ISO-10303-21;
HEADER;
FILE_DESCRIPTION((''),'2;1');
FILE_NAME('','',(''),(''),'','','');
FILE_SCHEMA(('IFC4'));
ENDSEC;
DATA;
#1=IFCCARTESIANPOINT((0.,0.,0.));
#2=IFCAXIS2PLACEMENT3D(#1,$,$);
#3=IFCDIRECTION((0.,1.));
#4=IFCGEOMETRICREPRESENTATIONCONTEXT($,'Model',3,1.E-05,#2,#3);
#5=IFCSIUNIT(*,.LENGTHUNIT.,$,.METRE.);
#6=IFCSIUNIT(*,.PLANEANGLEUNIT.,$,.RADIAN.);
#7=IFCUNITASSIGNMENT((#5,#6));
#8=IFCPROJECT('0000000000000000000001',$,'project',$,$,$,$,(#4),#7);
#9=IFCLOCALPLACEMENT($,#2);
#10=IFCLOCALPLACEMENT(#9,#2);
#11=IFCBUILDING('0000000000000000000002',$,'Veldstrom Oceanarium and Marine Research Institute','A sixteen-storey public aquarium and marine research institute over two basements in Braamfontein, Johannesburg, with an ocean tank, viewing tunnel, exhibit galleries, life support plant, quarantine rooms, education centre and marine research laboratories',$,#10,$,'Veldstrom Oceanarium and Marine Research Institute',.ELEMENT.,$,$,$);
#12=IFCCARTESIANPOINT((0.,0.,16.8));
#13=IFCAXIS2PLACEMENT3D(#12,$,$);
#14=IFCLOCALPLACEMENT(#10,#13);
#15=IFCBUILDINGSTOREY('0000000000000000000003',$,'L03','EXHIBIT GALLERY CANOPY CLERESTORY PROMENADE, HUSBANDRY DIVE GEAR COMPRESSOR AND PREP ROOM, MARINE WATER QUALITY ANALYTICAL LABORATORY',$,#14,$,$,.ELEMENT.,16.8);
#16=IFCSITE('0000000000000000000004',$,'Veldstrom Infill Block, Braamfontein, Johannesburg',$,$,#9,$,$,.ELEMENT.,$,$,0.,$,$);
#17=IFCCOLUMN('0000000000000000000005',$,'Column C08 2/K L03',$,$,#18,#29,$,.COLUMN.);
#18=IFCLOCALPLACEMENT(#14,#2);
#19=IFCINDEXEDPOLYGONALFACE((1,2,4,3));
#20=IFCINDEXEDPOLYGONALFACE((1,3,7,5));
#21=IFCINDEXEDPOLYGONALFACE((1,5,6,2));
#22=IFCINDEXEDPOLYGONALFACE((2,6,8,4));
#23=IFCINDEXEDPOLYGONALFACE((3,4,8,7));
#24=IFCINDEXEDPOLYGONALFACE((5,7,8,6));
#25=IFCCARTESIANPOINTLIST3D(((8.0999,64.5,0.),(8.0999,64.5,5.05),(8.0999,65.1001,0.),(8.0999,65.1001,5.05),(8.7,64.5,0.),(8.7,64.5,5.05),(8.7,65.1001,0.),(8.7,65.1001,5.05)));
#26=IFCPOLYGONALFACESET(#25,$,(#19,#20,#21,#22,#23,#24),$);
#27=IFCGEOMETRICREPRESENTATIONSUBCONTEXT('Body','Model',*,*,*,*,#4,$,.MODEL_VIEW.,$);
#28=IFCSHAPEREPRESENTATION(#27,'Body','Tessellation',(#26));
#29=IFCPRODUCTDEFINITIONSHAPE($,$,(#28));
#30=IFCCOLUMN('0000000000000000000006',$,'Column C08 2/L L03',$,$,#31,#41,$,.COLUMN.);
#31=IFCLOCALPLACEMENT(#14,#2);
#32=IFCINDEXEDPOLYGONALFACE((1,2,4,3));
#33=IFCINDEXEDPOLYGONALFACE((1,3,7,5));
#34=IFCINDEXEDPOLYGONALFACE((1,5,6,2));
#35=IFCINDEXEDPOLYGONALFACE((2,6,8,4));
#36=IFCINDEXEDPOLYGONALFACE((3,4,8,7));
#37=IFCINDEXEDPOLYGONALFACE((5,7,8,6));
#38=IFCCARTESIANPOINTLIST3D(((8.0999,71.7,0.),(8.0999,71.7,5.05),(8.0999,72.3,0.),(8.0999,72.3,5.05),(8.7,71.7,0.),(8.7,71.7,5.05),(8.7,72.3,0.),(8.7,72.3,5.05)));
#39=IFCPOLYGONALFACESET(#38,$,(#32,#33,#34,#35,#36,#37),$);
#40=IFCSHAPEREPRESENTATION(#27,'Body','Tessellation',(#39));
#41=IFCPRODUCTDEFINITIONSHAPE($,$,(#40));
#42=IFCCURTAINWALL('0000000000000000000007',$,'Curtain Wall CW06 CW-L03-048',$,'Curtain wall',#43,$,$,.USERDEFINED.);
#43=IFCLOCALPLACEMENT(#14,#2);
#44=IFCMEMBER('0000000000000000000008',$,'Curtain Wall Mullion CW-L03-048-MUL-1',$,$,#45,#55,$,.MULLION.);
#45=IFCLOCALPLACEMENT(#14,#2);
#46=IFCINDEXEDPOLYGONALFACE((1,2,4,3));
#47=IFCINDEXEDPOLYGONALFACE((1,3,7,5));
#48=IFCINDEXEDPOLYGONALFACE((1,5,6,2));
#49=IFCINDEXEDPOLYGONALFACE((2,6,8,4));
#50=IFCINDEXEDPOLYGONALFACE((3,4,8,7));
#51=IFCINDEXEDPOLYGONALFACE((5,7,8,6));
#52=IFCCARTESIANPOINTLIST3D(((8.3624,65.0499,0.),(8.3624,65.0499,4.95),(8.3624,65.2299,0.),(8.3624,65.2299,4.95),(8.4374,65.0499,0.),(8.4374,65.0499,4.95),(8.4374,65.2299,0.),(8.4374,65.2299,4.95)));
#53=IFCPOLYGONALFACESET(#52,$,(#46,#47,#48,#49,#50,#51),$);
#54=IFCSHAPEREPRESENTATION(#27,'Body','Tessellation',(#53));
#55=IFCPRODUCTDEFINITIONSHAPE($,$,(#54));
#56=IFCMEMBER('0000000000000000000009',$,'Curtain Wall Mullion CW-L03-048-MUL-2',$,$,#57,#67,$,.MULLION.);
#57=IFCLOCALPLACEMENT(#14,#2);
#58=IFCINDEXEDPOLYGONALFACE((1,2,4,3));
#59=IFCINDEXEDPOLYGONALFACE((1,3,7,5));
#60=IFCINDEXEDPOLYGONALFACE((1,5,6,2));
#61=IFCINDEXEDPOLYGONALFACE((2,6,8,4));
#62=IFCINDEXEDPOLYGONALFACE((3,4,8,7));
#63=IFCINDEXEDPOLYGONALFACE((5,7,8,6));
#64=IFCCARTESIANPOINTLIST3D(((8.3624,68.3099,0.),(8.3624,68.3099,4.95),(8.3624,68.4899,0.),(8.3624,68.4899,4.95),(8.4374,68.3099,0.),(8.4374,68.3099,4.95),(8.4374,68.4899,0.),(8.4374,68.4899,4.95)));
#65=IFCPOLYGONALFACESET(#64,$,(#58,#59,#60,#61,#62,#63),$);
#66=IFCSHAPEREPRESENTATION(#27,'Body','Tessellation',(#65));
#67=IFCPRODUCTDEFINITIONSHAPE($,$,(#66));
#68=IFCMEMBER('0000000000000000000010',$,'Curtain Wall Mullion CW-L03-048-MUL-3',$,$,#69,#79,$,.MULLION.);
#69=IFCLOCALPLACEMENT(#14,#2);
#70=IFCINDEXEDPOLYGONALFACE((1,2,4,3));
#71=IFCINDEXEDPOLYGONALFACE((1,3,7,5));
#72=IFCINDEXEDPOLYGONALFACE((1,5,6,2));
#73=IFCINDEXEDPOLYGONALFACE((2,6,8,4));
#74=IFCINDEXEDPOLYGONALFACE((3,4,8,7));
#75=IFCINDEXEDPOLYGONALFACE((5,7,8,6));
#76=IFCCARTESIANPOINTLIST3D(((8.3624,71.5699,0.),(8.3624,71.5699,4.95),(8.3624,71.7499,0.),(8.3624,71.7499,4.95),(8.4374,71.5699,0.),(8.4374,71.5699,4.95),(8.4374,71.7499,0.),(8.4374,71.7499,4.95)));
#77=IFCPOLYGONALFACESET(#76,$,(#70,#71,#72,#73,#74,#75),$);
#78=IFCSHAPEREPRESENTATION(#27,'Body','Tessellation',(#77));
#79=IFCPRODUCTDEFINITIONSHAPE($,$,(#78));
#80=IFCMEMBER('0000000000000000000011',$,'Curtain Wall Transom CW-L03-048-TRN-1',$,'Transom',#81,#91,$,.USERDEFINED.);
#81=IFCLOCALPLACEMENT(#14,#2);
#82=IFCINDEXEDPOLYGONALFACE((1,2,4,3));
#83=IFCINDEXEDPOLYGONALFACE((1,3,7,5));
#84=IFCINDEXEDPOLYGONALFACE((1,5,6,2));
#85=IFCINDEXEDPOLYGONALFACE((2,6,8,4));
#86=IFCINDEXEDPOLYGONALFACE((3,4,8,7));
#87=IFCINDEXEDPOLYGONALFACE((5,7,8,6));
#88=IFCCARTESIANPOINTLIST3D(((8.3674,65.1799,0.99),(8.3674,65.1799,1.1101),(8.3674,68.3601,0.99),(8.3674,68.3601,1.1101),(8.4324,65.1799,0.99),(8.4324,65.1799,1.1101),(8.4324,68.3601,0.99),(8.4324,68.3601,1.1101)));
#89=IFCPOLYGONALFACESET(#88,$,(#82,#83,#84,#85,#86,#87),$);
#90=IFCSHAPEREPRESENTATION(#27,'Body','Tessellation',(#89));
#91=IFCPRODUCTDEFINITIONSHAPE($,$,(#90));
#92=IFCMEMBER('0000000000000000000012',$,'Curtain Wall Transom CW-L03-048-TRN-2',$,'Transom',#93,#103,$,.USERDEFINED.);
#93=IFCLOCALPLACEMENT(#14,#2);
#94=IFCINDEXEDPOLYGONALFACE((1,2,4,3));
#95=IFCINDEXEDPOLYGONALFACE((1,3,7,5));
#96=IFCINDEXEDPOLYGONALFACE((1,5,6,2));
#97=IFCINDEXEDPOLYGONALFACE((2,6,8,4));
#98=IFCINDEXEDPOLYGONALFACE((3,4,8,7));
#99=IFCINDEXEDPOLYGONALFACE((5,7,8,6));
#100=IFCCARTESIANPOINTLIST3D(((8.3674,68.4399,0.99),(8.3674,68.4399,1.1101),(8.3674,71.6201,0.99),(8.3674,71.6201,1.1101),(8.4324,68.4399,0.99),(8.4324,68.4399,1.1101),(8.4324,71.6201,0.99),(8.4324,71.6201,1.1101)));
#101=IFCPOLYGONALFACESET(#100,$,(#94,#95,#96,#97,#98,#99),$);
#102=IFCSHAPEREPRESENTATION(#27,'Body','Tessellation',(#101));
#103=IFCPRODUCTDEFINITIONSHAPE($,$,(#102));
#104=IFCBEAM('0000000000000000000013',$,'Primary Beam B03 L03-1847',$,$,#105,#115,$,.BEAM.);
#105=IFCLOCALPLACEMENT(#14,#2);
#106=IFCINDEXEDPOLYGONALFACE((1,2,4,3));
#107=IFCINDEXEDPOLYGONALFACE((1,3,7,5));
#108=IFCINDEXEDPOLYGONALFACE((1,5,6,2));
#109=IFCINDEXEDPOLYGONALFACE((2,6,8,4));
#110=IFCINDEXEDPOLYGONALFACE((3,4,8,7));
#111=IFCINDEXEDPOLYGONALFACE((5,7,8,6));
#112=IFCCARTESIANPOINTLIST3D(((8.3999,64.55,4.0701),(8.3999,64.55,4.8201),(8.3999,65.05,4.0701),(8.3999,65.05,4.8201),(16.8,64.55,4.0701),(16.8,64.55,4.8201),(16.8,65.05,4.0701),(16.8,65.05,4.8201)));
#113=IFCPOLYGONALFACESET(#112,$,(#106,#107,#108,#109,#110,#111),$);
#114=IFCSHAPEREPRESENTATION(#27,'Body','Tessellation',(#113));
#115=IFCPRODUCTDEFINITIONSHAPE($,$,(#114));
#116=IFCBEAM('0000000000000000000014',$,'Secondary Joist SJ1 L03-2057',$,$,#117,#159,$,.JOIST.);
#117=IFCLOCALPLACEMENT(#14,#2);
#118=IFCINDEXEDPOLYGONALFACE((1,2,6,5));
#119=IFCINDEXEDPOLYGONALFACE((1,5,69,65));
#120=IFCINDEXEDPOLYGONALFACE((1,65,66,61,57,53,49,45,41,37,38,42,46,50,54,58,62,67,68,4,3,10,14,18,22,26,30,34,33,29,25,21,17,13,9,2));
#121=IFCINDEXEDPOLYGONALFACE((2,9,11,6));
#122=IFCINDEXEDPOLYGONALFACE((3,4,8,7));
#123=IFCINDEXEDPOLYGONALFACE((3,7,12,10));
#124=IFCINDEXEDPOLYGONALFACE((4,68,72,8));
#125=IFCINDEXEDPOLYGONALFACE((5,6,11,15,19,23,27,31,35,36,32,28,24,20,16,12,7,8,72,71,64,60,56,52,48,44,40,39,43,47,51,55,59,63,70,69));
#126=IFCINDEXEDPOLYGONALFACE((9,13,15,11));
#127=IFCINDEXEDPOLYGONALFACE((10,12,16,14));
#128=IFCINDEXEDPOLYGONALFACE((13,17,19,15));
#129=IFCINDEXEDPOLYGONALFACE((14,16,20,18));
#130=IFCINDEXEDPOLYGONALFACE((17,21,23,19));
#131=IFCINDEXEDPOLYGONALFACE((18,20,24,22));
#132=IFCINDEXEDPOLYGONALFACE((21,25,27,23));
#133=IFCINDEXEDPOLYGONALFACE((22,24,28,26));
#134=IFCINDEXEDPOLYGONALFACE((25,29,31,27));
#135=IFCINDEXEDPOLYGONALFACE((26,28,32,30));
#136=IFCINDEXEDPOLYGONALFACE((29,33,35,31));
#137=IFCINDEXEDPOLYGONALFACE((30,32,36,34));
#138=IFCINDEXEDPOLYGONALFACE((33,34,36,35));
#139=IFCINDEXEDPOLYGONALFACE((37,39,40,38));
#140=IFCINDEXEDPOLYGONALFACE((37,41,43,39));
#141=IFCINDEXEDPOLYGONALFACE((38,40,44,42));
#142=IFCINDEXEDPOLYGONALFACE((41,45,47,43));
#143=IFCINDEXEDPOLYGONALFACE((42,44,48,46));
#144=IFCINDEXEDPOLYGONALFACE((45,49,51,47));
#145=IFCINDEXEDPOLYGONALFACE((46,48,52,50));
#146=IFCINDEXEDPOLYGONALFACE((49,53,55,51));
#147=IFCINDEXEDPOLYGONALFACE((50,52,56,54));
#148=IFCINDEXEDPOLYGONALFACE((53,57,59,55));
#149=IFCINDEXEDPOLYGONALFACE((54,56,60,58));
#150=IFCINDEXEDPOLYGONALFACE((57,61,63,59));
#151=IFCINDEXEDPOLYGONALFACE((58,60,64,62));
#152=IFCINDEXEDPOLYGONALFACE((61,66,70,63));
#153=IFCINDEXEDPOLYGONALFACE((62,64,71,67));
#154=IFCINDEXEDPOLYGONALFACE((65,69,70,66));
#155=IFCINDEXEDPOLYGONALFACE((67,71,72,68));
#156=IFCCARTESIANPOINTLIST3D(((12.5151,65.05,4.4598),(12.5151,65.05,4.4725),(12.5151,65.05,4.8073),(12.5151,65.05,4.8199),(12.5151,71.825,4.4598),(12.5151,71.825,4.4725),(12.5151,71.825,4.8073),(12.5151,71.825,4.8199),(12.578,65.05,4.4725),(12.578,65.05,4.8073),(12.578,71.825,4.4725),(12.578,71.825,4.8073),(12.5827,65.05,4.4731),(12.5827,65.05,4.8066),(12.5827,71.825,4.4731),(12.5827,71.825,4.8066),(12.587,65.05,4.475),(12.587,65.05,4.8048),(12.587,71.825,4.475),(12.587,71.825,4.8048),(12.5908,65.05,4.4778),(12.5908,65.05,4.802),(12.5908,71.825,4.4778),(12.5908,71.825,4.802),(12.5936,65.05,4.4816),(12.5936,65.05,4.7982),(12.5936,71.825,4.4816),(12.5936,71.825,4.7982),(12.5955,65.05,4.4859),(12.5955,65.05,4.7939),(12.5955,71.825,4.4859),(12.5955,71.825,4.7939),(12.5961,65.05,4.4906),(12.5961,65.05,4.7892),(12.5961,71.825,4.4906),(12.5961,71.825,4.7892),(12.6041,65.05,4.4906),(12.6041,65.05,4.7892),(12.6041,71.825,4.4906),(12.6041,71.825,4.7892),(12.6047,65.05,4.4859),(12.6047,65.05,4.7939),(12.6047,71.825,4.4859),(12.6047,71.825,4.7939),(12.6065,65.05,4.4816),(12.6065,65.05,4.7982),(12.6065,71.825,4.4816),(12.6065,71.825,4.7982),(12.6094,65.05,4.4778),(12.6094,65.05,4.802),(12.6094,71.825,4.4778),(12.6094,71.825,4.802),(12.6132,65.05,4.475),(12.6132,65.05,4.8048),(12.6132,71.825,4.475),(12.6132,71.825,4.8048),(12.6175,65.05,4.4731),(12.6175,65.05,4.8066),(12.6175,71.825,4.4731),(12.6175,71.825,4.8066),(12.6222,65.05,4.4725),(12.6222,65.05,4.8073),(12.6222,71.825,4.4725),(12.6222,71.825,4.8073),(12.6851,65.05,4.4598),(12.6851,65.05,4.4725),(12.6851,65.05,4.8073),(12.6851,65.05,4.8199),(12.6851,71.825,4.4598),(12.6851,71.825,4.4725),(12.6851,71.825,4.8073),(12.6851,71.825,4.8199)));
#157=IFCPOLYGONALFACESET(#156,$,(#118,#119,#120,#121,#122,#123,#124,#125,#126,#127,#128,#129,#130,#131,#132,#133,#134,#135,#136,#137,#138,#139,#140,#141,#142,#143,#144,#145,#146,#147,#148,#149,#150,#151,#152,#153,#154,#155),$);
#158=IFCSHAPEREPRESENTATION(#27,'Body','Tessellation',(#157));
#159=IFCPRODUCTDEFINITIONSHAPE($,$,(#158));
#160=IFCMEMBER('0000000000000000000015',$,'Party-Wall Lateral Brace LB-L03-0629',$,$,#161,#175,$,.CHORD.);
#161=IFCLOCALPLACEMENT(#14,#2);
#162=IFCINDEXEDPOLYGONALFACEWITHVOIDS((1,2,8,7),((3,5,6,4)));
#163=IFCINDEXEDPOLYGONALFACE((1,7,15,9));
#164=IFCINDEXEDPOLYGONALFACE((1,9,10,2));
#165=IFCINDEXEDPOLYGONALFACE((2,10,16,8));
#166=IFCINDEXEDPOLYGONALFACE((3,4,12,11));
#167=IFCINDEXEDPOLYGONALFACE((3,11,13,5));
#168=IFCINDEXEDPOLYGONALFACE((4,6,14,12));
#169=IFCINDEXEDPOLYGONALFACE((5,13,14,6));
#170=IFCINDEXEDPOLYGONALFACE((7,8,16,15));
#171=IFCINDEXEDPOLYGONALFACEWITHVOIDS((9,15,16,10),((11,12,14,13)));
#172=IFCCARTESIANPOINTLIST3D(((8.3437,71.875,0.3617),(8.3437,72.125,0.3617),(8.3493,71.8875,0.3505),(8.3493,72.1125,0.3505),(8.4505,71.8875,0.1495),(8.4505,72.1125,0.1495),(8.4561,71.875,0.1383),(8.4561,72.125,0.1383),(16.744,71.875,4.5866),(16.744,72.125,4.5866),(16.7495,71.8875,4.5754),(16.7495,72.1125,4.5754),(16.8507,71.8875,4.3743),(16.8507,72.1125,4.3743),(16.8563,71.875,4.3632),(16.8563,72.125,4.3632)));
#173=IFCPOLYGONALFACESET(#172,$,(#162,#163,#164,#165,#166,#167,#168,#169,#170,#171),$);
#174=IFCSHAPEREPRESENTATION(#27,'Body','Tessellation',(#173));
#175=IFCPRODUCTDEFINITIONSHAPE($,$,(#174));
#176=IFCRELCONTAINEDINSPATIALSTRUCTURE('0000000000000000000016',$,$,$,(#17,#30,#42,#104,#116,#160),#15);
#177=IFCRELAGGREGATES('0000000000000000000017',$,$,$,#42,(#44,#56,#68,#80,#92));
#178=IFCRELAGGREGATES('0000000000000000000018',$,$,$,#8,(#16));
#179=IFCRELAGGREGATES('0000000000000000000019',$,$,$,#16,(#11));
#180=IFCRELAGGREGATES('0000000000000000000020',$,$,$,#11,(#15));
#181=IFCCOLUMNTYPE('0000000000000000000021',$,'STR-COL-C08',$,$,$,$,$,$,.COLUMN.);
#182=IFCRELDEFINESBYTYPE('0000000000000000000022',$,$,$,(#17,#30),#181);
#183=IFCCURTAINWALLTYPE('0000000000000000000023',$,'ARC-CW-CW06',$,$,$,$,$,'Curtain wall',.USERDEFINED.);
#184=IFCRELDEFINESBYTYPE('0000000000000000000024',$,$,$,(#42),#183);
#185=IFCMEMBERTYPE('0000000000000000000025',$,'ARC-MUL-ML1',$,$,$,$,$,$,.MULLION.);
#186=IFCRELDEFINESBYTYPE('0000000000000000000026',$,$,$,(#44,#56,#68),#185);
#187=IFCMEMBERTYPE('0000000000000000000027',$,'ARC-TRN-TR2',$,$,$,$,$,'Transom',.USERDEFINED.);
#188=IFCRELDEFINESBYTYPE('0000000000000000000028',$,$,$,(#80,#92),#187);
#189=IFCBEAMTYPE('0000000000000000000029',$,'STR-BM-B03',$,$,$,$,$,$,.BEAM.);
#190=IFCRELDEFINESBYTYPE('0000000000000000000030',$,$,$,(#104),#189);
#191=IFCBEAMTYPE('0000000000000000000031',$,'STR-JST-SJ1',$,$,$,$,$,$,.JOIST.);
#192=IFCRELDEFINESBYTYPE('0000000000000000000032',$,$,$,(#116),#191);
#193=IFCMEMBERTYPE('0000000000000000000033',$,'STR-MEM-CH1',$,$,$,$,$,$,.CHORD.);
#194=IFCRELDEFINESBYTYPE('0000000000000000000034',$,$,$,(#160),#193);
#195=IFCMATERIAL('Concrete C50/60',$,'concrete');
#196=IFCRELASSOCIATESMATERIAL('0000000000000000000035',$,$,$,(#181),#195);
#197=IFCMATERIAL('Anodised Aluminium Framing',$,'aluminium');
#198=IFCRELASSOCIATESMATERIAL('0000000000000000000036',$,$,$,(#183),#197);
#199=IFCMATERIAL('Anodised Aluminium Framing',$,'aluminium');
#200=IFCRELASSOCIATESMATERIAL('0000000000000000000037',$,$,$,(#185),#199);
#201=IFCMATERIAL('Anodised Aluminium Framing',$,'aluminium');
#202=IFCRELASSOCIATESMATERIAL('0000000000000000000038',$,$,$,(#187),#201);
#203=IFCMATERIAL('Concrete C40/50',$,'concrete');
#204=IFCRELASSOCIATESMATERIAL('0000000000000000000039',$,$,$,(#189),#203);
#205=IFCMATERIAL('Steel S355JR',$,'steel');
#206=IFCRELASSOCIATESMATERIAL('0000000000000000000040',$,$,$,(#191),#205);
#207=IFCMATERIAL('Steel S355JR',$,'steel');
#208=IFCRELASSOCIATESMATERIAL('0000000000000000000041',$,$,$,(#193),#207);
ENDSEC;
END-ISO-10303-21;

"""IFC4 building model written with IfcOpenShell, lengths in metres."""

from ifc_helpers import new_model, si_unit, direction, frame, origin, origin_2d, place, context, subcontext, project, spatial, rectangle, hollow_rectangle, i_section, extrude, material, material_profile, profile_set, type_object, element, aggregate, save


model = new_model("IFC4")

# Units and contexts
model_context = context("Model", 3, precision=1e-05, world=origin(), true_north=direction((0.0, 1.0)))
body_context = subcontext(model_context, "Body", "Model", "MODEL_VIEW")
ifc_project = project(units=[si_unit("LENGTHUNIT", "METRE"), si_unit("PLANEANGLEUNIT", "RADIAN")], contexts=[model_context])

# Site, building, storey
site_placement = place(None, origin())
site = spatial("IfcSite", under=ifc_project, at=site_placement, Name="Veldstrom Infill Block, Braamfontein, Johannesburg", CompositionType="ELEMENT", RefElevation=0.0)
building_placement = place(site_placement, origin())
building = spatial("IfcBuilding", under=site, at=building_placement, Name="Veldstrom Oceanarium and Marine Research Institute", Description="A sixteen-storey public aquarium and marine research institute over two basements in Braamfontein, Johannesburg, with an ocean tank, viewing tunnel, exhibit galleries, life support plant, quarantine rooms, education centre and marine research laboratories", LongName="Veldstrom Oceanarium and Marine Research Institute", CompositionType="ELEMENT")
storey_placement = place(building_placement, frame((0.0, 0.0, 16.8)))
storey = spatial("IfcBuildingStorey", under=building, at=storey_placement, Name="L03", Description="EXHIBIT GALLERY CANOPY CLERESTORY PROMENADE, HUSBANDRY DIVE GEAR COMPRESSOR AND PREP ROOM, MARINE WATER QUALITY ANALYTICAL LABORATORY", CompositionType="ELEMENT", Elevation=16.8)

# Columns
ifc_material_1 = material(Name="Concrete C50/60", Category="concrete")
ifc_material_profile_1 = material_profile(ifc_material_1, rectangle(XDim=0.6001, YDim=0.6001, at=origin_2d()), Name="RC-COL-600x600")
ifc_profile_set_1 = profile_set([ifc_material_profile_1], Name="Concrete C50/60")
column_type = type_object("IfcColumnType", Name="STR-COL-C08", PredefinedType="COLUMN", material=ifc_profile_set_1)
for number, where, z_axis, x_axis, name in (
    (1, (8.3999, 64.8, 0.0), (0.0, 0.0, 1.0), (1.0, 0.0, 0.0), "Column C08 2/K L03"),
    (2, (8.3999, 72.0, 0.0), (0.0, 0.0, 1.0), (1.0, 0.0, 0.0), "Column C08 2/L L03"),
):
    element("IfcColumn", number, at=place(storey_placement, frame(where, z_axis=z_axis, x_axis=x_axis)), inside=storey, type_object=column_type, Name=name, PredefinedType="COLUMN", context=body_context, shape_type="SweptSolid", body=[
        extrude(rectangle(XDim=0.6001, YDim=0.6001, at=origin_2d()), origin(), (0.0, 0.0, 1.0), 5.05),
    ])

# Curtain wall, members
ifc_material_2 = material(Name="Anodised Aluminium Framing", Category="aluminium")
curtain_wall_type = type_object("IfcCurtainWallType", Name="ARC-CW-CW06", ElementType="Curtain wall", PredefinedType="USERDEFINED", material=ifc_material_2)
curtain_wall_placement = place(storey_placement, origin())
curtain_wall = element("IfcCurtainWall", 3, at=curtain_wall_placement, inside=storey, type_object=curtain_wall_type, Name="Curtain Wall CW06 CW-L03-048", ObjectType="Curtain wall", PredefinedType="USERDEFINED")
ifc_material_3 = material(Name="Anodised Aluminium Framing", Category="aluminium")
ifc_material_profile_2 = material_profile(ifc_material_3, rectangle(XDim=0.075, YDim=0.1799, at=origin_2d()), Name="ALU-MUL-75x180")
ifc_profile_set_2 = profile_set([ifc_material_profile_2], Name="Anodised Aluminium Framing")
member_type_1 = type_object("IfcMemberType", Name="ARC-MUL-ML1", PredefinedType="MULLION", material=ifc_profile_set_2)
member_1_placement = place(storey_placement, frame((8.3999, 65.1399, 0.0), z_axis=(0.0, 0.0, 1.0), x_axis=(1.0, 0.0, 0.0)))
member_1 = element("IfcMember", 4, at=member_1_placement, type_object=member_type_1, Name="Curtain Wall Mullion CW-L03-048-MUL-1", PredefinedType="MULLION", context=body_context, shape_type="SweptSolid", body=[
    extrude(rectangle(XDim=0.075, YDim=0.1799, at=origin_2d()), origin(), (0.0, 0.0, 1.0), 4.95),
])
member_2_placement = place(storey_placement, frame((8.3999, 68.3999, 0.0), z_axis=(0.0, 0.0, 1.0), x_axis=(1.0, 0.0, 0.0)))
member_2 = element("IfcMember", 5, at=member_2_placement, type_object=member_type_1, Name="Curtain Wall Mullion CW-L03-048-MUL-2", PredefinedType="MULLION", context=body_context, shape_type="SweptSolid", body=[
    extrude(rectangle(XDim=0.075, YDim=0.1799, at=origin_2d()), origin(), (0.0, 0.0, 1.0), 4.95),
])
member_3_placement = place(storey_placement, frame((8.3999, 71.6599, 0.0), z_axis=(0.0, 0.0, 1.0), x_axis=(1.0, 0.0, 0.0)))
member_3 = element("IfcMember", 6, at=member_3_placement, type_object=member_type_1, Name="Curtain Wall Mullion CW-L03-048-MUL-3", PredefinedType="MULLION", context=body_context, shape_type="SweptSolid", body=[
    extrude(rectangle(XDim=0.075, YDim=0.1799, at=origin_2d()), origin(), (0.0, 0.0, 1.0), 4.95),
])
ifc_material_4 = material(Name="Anodised Aluminium Framing", Category="aluminium")
ifc_material_profile_3 = material_profile(ifc_material_4, rectangle(XDim=0.0649, YDim=0.1201, at=origin_2d()), Name="ALU-TRN-65x120")
ifc_profile_set_3 = profile_set([ifc_material_profile_3], Name="Anodised Aluminium Framing")
member_type_2 = type_object("IfcMemberType", Name="ARC-TRN-TR2", ElementType="Transom", PredefinedType="USERDEFINED", material=ifc_profile_set_3)
member_4_placement = place(storey_placement, frame((8.3999, 65.1799, 1.05), z_axis=(0.0, 1.0, 0.0), x_axis=(-1.0, 0.0, 0.0)))
member_4 = element("IfcMember", 7, at=member_4_placement, type_object=member_type_2, Name="Curtain Wall Transom CW-L03-048-TRN-1", ObjectType="Transom", PredefinedType="USERDEFINED", context=body_context, shape_type="SweptSolid", body=[
    extrude(rectangle(XDim=0.0649, YDim=0.1201, at=origin_2d()), origin(), (0.0, 0.0, 1.0), 3.1802),
])
member_5_placement = place(storey_placement, frame((8.3999, 68.4399, 1.05), z_axis=(0.0, 1.0, 0.0), x_axis=(-1.0, 0.0, 0.0)))
member_5 = element("IfcMember", 8, at=member_5_placement, type_object=member_type_2, Name="Curtain Wall Transom CW-L03-048-TRN-2", ObjectType="Transom", PredefinedType="USERDEFINED", context=body_context, shape_type="SweptSolid", body=[
    extrude(rectangle(XDim=0.0649, YDim=0.1201, at=origin_2d()), origin(), (0.0, 0.0, 1.0), 3.1802),
])

# Beams
ifc_material_5 = material(Name="Concrete C40/50", Category="concrete")
ifc_material_profile_4 = material_profile(ifc_material_5, rectangle(XDim=0.5, YDim=0.75, at=origin_2d()), Name="RC-BM-500x750")
ifc_profile_set_4 = profile_set([ifc_material_profile_4], Name="Concrete C40/50")
beam_type_1 = type_object("IfcBeamType", Name="STR-BM-B03", PredefinedType="BEAM", material=ifc_profile_set_4)
beam_1_placement = place(storey_placement, frame((8.3999, 64.8, 4.4451), z_axis=(1.0, 0.0, 0.0), x_axis=(0.0, 1.0, 0.0)))
element("IfcBeam", 9, at=beam_1_placement, inside=storey, type_object=beam_type_1, Name="Primary Beam B03 L03-1847", PredefinedType="BEAM", context=body_context, shape_type="SweptSolid", body=[
    extrude(rectangle(XDim=0.5, YDim=0.75, at=origin_2d()), origin(), (0.0, 0.0, 1.0), 8.4001),
])
ifc_material_6 = material(Name="Steel S355JR", Category="steel")
ifc_material_profile_5 = material_profile(ifc_material_6, i_section(OverallWidth=0.1699, OverallDepth=0.3601, WebThickness=0.0081, FlangeThickness=0.0127, FilletRadius=0.0181, at=origin_2d()), Name="IPE 360")
ifc_profile_set_5 = profile_set([ifc_material_profile_5], Name="Steel S355JR")
beam_type_2 = type_object("IfcBeamType", Name="STR-JST-SJ1", PredefinedType="JOIST", material=ifc_profile_set_5)
beam_2_placement = place(storey_placement, frame((12.6001, 65.05, 4.6399), z_axis=(0.0, 1.0, 0.0), x_axis=(-1.0, 0.0, 0.0)))
element("IfcBeam", 10, at=beam_2_placement, inside=storey, type_object=beam_type_2, Name="Secondary Joist SJ1 L03-2057", PredefinedType="JOIST", context=body_context, shape_type="SweptSolid", body=[
    extrude(i_section(OverallWidth=0.1699, OverallDepth=0.3601, WebThickness=0.0081, FlangeThickness=0.0127, FilletRadius=0.0181, at=origin_2d()), origin(), (0.0, 0.0, 1.0), 6.7749),
])

# Member
ifc_material_7 = material(Name="Steel S355JR", Category="steel")
ifc_material_profile_6 = material_profile(ifc_material_7, hollow_rectangle(XDim=0.25, YDim=0.25, WallThickness=0.0125, at=origin_2d()), Name="SHS 250x250x12.5")
ifc_profile_set_6 = profile_set([ifc_material_profile_6], Name="Steel S355JR")
member_type_3 = type_object("IfcMemberType", Name="STR-MEM-CH1", PredefinedType="CHORD", material=ifc_profile_set_6)
member_6_placement = place(storey_placement, frame((8.3999, 72.0, 0.25), z_axis=(0.893371, 0.0, 0.449321), x_axis=(0.0, 1.0, 0.0)))
element("IfcMember", 11, at=member_6_placement, inside=storey, type_object=member_type_3, Name="Party-Wall Lateral Brace LB-L03-0629", PredefinedType="CHORD", context=body_context, shape_type="SweptSolid", body=[
    extrude(hollow_rectangle(XDim=0.25, YDim=0.25, WallThickness=0.0125, at=origin_2d()), origin(), (0.0, 0.0, 1.0), 9.4028),
])

aggregate(curtain_wall, [member_1, member_2, member_3, member_4, member_5])

save(model, "model.ifc")
